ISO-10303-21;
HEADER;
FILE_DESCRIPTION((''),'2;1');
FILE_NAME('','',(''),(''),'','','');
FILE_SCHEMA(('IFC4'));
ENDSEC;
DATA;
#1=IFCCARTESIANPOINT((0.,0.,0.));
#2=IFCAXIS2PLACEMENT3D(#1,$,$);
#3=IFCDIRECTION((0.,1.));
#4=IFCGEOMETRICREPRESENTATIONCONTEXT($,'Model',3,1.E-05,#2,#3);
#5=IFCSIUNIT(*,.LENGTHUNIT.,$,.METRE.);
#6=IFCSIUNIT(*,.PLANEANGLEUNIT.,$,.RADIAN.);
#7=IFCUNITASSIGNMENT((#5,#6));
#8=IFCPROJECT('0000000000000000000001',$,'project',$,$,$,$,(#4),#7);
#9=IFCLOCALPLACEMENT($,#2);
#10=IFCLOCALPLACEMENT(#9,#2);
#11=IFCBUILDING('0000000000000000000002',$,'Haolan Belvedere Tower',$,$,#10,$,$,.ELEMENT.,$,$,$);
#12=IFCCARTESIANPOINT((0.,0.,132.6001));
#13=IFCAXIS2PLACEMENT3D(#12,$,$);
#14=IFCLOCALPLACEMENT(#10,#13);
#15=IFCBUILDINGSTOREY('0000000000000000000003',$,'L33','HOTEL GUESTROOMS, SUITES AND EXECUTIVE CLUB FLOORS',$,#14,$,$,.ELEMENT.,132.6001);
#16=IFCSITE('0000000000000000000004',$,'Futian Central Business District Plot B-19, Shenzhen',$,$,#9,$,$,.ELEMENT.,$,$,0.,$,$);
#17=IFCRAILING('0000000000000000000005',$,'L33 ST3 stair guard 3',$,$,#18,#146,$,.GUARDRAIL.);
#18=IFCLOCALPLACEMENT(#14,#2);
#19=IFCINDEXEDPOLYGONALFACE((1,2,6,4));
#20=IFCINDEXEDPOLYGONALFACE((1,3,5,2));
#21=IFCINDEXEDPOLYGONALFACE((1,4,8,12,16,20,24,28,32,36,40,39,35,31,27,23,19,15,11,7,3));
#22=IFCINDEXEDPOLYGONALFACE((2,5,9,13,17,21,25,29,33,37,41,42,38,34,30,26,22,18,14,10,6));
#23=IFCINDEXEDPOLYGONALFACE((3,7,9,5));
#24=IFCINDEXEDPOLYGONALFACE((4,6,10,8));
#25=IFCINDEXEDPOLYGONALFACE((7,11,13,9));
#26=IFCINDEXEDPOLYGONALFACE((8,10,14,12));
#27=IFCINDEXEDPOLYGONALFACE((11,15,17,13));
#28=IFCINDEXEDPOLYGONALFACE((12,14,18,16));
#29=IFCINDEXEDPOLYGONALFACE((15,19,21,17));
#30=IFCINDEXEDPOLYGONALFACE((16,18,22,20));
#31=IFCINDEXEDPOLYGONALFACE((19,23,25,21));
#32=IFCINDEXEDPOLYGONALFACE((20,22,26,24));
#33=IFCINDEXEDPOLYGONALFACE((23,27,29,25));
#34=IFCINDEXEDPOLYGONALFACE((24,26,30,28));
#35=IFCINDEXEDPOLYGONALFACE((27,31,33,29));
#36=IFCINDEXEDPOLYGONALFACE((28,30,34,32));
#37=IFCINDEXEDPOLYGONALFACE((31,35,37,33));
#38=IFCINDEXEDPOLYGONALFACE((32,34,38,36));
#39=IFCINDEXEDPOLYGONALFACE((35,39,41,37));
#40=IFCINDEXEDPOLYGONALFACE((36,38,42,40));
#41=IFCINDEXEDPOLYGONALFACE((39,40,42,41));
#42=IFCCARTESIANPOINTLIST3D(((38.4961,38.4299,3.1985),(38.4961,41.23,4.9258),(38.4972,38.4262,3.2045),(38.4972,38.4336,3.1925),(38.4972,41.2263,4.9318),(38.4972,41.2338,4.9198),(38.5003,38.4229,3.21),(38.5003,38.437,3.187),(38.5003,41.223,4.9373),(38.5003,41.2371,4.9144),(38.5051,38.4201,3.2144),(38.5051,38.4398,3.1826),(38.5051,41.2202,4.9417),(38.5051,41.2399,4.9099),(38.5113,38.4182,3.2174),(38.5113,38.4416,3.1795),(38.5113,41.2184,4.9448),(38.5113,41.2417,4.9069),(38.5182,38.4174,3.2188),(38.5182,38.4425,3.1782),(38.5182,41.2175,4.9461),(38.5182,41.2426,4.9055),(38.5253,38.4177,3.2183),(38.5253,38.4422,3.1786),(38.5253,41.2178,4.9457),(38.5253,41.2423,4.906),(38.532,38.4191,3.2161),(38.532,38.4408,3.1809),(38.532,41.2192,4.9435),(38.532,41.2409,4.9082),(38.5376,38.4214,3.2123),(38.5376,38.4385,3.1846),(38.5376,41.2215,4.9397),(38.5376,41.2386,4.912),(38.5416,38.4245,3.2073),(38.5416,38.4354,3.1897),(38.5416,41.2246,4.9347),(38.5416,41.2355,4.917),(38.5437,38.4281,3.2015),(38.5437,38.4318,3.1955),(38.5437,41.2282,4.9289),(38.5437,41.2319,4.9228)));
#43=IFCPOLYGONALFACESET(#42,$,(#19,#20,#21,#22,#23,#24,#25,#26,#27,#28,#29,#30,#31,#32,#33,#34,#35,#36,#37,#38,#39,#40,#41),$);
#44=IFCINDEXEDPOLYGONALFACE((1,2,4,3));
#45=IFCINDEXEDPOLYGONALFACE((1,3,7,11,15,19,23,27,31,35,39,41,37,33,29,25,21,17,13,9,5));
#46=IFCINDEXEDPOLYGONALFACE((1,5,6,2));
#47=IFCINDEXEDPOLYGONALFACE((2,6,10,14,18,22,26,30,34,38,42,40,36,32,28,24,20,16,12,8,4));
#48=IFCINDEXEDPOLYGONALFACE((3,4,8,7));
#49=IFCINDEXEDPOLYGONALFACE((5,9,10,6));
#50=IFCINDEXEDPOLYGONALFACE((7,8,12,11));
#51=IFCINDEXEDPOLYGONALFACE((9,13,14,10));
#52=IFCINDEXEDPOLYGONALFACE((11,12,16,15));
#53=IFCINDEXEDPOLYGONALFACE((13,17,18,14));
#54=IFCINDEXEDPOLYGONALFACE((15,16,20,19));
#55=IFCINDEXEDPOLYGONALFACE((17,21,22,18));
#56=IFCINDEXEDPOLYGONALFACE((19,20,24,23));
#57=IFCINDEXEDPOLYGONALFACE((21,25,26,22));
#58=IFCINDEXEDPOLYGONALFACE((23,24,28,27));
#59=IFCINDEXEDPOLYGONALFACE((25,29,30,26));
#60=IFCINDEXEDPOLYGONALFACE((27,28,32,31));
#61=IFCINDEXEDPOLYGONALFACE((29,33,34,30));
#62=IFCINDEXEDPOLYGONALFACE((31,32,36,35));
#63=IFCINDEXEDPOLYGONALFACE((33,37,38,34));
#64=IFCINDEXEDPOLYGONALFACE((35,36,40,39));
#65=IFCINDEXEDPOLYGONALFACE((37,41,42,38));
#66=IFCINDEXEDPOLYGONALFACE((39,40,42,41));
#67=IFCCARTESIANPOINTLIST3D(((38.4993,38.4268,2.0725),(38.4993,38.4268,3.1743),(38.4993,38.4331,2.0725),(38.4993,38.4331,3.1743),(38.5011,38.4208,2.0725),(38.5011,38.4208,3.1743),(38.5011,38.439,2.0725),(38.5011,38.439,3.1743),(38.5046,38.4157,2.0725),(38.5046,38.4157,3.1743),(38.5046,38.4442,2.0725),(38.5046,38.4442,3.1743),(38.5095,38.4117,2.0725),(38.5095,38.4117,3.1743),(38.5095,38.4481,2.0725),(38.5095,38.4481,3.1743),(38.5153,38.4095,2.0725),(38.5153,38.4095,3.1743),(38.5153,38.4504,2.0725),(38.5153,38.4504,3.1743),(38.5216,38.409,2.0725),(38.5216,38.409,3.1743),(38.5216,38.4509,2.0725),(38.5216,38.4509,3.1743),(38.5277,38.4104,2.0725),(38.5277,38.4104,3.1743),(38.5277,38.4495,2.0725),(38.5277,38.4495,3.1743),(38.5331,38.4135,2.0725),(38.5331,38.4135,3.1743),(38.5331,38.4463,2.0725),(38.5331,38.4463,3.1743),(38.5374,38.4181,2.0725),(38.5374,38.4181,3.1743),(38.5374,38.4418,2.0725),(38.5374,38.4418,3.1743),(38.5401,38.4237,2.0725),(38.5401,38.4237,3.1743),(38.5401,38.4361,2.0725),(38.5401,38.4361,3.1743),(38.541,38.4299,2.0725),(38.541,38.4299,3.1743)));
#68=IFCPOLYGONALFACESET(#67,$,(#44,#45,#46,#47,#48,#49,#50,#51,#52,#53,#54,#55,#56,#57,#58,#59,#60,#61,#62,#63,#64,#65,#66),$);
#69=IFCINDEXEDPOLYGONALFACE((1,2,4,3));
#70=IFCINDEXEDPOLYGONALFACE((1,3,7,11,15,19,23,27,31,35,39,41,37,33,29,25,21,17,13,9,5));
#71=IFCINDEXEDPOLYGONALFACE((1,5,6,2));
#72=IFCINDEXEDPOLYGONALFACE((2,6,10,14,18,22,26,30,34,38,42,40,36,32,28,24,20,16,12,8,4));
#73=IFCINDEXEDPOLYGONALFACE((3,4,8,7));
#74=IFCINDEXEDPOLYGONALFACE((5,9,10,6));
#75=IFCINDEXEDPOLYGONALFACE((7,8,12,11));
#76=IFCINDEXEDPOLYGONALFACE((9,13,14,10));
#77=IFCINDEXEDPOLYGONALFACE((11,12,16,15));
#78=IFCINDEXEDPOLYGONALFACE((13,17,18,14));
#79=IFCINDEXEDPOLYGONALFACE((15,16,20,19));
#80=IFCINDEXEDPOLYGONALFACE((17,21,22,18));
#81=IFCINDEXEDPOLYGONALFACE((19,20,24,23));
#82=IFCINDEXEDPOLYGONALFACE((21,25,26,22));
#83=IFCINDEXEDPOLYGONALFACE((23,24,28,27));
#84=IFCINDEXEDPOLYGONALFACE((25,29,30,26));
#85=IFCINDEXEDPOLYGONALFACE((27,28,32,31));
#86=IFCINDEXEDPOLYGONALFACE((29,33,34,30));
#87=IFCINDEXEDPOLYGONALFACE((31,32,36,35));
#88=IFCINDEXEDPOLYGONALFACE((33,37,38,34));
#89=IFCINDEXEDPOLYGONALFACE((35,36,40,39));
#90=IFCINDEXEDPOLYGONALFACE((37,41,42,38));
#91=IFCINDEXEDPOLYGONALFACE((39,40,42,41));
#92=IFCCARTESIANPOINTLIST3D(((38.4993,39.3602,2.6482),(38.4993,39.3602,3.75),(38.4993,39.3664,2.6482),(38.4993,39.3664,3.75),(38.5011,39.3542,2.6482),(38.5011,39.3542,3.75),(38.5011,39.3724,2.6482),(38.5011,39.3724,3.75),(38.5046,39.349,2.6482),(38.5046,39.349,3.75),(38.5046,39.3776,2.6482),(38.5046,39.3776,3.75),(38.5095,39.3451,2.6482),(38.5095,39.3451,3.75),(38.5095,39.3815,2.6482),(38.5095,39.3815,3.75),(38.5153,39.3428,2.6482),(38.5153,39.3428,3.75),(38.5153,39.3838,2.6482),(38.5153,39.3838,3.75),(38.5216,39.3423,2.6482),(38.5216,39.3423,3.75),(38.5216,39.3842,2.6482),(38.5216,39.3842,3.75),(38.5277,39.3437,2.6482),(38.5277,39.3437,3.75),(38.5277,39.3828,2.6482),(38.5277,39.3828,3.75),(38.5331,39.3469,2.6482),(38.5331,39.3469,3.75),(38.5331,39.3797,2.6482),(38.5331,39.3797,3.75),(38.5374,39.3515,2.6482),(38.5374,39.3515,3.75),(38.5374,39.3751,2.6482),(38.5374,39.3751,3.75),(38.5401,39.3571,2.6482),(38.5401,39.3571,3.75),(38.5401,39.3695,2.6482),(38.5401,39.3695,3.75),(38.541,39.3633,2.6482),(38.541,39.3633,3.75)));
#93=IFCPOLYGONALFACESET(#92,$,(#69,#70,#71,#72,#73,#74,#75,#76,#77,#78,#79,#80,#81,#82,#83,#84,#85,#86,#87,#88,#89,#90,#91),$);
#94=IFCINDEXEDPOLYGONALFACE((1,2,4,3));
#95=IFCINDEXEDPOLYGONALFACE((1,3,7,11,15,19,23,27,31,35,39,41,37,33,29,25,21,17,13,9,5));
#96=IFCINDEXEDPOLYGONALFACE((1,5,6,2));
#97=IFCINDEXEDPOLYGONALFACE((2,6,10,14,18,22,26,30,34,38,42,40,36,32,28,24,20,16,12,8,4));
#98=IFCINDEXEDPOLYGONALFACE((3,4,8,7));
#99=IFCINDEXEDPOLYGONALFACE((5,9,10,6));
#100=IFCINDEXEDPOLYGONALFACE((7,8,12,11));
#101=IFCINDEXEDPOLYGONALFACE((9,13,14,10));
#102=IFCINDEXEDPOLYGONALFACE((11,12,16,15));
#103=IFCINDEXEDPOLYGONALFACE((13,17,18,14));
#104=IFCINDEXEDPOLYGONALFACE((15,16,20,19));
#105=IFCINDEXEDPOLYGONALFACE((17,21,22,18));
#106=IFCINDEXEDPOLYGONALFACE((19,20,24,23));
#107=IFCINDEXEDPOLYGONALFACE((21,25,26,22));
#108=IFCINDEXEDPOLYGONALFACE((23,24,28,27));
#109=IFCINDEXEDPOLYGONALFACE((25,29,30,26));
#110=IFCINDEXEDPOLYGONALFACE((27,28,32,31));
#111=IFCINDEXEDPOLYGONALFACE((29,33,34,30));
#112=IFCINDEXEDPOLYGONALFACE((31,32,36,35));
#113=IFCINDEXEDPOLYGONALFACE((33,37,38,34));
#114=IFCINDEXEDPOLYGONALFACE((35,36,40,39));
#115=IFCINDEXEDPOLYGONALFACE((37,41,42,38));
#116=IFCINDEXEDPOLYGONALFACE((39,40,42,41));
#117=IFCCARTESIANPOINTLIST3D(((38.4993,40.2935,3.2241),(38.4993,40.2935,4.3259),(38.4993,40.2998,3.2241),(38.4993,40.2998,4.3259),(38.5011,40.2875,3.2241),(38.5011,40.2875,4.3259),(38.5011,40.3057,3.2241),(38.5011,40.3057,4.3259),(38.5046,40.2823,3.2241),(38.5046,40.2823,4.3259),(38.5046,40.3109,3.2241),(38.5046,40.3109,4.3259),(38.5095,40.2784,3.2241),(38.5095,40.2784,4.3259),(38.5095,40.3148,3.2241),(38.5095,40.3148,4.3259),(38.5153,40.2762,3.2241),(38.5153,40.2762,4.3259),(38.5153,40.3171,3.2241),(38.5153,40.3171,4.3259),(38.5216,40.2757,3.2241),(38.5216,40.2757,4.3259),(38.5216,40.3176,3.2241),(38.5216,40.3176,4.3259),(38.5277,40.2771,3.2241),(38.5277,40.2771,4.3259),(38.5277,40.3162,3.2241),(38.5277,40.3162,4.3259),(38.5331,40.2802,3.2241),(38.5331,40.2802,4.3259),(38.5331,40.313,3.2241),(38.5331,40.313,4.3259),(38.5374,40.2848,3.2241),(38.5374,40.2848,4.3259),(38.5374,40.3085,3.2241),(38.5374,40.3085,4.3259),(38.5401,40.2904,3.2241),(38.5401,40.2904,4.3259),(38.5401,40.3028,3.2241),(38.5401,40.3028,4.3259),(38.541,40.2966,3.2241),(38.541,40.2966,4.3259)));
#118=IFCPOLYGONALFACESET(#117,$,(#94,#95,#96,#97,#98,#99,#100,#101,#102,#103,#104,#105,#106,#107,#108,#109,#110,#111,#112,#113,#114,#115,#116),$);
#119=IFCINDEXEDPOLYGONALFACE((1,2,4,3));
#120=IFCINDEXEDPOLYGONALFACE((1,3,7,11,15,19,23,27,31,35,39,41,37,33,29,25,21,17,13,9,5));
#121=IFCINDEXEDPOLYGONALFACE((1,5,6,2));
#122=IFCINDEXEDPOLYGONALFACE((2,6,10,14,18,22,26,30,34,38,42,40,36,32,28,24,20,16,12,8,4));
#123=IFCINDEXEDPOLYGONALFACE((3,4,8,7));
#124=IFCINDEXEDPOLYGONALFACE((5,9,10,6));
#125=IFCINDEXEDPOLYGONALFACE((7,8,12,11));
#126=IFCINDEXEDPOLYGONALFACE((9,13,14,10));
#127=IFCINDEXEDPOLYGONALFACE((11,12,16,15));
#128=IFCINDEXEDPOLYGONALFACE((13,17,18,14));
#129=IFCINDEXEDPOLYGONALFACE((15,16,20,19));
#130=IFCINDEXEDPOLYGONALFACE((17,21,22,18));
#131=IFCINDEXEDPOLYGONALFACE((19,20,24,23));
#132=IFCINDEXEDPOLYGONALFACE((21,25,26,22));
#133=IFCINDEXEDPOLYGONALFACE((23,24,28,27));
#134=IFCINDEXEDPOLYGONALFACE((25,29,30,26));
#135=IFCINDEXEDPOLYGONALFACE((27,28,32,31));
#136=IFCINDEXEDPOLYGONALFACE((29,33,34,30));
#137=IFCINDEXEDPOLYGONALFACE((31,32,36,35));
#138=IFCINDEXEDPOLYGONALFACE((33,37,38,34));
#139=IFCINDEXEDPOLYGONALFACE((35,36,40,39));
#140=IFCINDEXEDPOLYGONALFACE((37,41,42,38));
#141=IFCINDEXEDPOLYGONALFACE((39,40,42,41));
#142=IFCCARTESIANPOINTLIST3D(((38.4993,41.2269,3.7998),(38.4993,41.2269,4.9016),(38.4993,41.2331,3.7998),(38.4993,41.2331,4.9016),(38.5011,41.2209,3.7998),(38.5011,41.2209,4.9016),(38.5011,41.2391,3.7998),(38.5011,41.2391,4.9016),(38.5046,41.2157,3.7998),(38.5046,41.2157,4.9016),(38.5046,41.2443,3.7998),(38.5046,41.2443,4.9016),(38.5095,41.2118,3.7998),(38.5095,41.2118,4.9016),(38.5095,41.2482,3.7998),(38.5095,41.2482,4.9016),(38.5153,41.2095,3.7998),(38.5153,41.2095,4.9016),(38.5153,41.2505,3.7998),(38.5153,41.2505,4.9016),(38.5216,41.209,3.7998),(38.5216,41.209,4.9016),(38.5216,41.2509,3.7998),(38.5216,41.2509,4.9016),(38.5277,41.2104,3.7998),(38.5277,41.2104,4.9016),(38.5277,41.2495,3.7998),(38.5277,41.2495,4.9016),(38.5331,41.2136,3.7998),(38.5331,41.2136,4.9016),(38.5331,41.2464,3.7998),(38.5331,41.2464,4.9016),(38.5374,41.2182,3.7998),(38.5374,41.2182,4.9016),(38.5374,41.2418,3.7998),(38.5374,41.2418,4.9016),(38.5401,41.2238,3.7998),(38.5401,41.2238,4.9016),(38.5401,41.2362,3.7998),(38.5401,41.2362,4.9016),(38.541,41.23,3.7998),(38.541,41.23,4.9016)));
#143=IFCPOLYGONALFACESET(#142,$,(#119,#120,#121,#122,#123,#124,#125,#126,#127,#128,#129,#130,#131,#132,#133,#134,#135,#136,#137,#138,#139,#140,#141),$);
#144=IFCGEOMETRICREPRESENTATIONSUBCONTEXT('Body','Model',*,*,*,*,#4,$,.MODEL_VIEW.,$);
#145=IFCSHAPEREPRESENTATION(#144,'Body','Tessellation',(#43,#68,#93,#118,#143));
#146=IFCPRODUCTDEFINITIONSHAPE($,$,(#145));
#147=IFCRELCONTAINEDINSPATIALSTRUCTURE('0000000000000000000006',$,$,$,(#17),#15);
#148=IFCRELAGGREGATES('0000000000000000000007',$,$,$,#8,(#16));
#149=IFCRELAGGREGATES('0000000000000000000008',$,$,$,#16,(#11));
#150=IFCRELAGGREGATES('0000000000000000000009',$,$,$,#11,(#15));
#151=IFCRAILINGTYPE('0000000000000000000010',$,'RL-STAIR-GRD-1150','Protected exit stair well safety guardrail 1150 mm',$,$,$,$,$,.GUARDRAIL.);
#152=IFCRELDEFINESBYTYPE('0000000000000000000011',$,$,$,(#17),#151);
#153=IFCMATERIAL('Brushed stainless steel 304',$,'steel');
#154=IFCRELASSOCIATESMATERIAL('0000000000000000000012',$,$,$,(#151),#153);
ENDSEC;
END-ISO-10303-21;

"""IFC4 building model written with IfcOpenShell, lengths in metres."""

from ifc_helpers import new_model, si_unit, direction, frame, origin, origin_2d, place, context, subcontext, project, spatial, circle, extrude, material, type_object, element, save


model = new_model("IFC4")

# Units and contexts
model_context = context("Model", 3, precision=1e-05, world=origin(), true_north=direction((0.0, 1.0)))
body_context = subcontext(model_context, "Body", "Model", "MODEL_VIEW")
ifc_project = project(units=[si_unit("LENGTHUNIT", "METRE"), si_unit("PLANEANGLEUNIT", "RADIAN")], contexts=[model_context])

# Site, building, storey
site_placement = place(None, origin())
site = spatial("IfcSite", under=ifc_project, at=site_placement, Name="Futian Central Business District Plot B-19, Shenzhen", CompositionType="ELEMENT", RefElevation=0.0)
building_placement = place(site_placement, origin())
building = spatial("IfcBuilding", under=site, at=building_placement, Name="Haolan Belvedere Tower", CompositionType="ELEMENT")
storey_placement = place(building_placement, frame((0.0, 0.0, 132.6001)))
storey = spatial("IfcBuildingStorey", under=building, at=storey_placement, Name="L33", Description="HOTEL GUESTROOMS, SUITES AND EXECUTIVE CLUB FLOORS", CompositionType="ELEMENT", Elevation=132.6001)

# Railing
ifc_material_1 = material(Name="Brushed stainless steel 304", Category="steel")
railing_type_1 = type_object("IfcRailingType", Name="RL-STAIR-GRD-1150", Description="Protected exit stair well safety guardrail 1150 mm", PredefinedType="GUARDRAIL", material=ifc_material_1)
railing_1_placement = place(storey_placement, frame((38.52, 38.4299, 2.0725)))
element("IfcRailing", 1, at=railing_1_placement, inside=storey, type_object=railing_type_1, Name="L33 ST3 stair guard 3", PredefinedType="GUARDRAIL", context=body_context, shape_type="SweptSolid", body=[
    extrude(circle(Radius=0.0239, at=origin_2d()), frame((0.0, 0.0, 1.126), z_axis=(0.0, 0.85109, 0.52502), x_axis=(-1.0, 0.0, 0.0)), (0.0, 0.0, 1.0), 3.29),
    extrude(circle(Radius=0.021, at=origin_2d()), origin(), (0.0, 0.0, 1.0), 1.1018),
    extrude(circle(Radius=0.021, at=origin_2d()), frame((0.0, 0.9333, 0.5757)), (0.0, 0.0, 1.0), 1.1018),
    extrude(circle(Radius=0.021, at=origin_2d()), frame((0.0, 1.8667, 1.1516)), (0.0, 0.0, 1.0), 1.1018),
    extrude(circle(Radius=0.021, at=origin_2d()), frame((0.0, 2.8, 1.7273)), (0.0, 0.0, 1.0), 1.1018),
])

save(model, "model.ifc")
